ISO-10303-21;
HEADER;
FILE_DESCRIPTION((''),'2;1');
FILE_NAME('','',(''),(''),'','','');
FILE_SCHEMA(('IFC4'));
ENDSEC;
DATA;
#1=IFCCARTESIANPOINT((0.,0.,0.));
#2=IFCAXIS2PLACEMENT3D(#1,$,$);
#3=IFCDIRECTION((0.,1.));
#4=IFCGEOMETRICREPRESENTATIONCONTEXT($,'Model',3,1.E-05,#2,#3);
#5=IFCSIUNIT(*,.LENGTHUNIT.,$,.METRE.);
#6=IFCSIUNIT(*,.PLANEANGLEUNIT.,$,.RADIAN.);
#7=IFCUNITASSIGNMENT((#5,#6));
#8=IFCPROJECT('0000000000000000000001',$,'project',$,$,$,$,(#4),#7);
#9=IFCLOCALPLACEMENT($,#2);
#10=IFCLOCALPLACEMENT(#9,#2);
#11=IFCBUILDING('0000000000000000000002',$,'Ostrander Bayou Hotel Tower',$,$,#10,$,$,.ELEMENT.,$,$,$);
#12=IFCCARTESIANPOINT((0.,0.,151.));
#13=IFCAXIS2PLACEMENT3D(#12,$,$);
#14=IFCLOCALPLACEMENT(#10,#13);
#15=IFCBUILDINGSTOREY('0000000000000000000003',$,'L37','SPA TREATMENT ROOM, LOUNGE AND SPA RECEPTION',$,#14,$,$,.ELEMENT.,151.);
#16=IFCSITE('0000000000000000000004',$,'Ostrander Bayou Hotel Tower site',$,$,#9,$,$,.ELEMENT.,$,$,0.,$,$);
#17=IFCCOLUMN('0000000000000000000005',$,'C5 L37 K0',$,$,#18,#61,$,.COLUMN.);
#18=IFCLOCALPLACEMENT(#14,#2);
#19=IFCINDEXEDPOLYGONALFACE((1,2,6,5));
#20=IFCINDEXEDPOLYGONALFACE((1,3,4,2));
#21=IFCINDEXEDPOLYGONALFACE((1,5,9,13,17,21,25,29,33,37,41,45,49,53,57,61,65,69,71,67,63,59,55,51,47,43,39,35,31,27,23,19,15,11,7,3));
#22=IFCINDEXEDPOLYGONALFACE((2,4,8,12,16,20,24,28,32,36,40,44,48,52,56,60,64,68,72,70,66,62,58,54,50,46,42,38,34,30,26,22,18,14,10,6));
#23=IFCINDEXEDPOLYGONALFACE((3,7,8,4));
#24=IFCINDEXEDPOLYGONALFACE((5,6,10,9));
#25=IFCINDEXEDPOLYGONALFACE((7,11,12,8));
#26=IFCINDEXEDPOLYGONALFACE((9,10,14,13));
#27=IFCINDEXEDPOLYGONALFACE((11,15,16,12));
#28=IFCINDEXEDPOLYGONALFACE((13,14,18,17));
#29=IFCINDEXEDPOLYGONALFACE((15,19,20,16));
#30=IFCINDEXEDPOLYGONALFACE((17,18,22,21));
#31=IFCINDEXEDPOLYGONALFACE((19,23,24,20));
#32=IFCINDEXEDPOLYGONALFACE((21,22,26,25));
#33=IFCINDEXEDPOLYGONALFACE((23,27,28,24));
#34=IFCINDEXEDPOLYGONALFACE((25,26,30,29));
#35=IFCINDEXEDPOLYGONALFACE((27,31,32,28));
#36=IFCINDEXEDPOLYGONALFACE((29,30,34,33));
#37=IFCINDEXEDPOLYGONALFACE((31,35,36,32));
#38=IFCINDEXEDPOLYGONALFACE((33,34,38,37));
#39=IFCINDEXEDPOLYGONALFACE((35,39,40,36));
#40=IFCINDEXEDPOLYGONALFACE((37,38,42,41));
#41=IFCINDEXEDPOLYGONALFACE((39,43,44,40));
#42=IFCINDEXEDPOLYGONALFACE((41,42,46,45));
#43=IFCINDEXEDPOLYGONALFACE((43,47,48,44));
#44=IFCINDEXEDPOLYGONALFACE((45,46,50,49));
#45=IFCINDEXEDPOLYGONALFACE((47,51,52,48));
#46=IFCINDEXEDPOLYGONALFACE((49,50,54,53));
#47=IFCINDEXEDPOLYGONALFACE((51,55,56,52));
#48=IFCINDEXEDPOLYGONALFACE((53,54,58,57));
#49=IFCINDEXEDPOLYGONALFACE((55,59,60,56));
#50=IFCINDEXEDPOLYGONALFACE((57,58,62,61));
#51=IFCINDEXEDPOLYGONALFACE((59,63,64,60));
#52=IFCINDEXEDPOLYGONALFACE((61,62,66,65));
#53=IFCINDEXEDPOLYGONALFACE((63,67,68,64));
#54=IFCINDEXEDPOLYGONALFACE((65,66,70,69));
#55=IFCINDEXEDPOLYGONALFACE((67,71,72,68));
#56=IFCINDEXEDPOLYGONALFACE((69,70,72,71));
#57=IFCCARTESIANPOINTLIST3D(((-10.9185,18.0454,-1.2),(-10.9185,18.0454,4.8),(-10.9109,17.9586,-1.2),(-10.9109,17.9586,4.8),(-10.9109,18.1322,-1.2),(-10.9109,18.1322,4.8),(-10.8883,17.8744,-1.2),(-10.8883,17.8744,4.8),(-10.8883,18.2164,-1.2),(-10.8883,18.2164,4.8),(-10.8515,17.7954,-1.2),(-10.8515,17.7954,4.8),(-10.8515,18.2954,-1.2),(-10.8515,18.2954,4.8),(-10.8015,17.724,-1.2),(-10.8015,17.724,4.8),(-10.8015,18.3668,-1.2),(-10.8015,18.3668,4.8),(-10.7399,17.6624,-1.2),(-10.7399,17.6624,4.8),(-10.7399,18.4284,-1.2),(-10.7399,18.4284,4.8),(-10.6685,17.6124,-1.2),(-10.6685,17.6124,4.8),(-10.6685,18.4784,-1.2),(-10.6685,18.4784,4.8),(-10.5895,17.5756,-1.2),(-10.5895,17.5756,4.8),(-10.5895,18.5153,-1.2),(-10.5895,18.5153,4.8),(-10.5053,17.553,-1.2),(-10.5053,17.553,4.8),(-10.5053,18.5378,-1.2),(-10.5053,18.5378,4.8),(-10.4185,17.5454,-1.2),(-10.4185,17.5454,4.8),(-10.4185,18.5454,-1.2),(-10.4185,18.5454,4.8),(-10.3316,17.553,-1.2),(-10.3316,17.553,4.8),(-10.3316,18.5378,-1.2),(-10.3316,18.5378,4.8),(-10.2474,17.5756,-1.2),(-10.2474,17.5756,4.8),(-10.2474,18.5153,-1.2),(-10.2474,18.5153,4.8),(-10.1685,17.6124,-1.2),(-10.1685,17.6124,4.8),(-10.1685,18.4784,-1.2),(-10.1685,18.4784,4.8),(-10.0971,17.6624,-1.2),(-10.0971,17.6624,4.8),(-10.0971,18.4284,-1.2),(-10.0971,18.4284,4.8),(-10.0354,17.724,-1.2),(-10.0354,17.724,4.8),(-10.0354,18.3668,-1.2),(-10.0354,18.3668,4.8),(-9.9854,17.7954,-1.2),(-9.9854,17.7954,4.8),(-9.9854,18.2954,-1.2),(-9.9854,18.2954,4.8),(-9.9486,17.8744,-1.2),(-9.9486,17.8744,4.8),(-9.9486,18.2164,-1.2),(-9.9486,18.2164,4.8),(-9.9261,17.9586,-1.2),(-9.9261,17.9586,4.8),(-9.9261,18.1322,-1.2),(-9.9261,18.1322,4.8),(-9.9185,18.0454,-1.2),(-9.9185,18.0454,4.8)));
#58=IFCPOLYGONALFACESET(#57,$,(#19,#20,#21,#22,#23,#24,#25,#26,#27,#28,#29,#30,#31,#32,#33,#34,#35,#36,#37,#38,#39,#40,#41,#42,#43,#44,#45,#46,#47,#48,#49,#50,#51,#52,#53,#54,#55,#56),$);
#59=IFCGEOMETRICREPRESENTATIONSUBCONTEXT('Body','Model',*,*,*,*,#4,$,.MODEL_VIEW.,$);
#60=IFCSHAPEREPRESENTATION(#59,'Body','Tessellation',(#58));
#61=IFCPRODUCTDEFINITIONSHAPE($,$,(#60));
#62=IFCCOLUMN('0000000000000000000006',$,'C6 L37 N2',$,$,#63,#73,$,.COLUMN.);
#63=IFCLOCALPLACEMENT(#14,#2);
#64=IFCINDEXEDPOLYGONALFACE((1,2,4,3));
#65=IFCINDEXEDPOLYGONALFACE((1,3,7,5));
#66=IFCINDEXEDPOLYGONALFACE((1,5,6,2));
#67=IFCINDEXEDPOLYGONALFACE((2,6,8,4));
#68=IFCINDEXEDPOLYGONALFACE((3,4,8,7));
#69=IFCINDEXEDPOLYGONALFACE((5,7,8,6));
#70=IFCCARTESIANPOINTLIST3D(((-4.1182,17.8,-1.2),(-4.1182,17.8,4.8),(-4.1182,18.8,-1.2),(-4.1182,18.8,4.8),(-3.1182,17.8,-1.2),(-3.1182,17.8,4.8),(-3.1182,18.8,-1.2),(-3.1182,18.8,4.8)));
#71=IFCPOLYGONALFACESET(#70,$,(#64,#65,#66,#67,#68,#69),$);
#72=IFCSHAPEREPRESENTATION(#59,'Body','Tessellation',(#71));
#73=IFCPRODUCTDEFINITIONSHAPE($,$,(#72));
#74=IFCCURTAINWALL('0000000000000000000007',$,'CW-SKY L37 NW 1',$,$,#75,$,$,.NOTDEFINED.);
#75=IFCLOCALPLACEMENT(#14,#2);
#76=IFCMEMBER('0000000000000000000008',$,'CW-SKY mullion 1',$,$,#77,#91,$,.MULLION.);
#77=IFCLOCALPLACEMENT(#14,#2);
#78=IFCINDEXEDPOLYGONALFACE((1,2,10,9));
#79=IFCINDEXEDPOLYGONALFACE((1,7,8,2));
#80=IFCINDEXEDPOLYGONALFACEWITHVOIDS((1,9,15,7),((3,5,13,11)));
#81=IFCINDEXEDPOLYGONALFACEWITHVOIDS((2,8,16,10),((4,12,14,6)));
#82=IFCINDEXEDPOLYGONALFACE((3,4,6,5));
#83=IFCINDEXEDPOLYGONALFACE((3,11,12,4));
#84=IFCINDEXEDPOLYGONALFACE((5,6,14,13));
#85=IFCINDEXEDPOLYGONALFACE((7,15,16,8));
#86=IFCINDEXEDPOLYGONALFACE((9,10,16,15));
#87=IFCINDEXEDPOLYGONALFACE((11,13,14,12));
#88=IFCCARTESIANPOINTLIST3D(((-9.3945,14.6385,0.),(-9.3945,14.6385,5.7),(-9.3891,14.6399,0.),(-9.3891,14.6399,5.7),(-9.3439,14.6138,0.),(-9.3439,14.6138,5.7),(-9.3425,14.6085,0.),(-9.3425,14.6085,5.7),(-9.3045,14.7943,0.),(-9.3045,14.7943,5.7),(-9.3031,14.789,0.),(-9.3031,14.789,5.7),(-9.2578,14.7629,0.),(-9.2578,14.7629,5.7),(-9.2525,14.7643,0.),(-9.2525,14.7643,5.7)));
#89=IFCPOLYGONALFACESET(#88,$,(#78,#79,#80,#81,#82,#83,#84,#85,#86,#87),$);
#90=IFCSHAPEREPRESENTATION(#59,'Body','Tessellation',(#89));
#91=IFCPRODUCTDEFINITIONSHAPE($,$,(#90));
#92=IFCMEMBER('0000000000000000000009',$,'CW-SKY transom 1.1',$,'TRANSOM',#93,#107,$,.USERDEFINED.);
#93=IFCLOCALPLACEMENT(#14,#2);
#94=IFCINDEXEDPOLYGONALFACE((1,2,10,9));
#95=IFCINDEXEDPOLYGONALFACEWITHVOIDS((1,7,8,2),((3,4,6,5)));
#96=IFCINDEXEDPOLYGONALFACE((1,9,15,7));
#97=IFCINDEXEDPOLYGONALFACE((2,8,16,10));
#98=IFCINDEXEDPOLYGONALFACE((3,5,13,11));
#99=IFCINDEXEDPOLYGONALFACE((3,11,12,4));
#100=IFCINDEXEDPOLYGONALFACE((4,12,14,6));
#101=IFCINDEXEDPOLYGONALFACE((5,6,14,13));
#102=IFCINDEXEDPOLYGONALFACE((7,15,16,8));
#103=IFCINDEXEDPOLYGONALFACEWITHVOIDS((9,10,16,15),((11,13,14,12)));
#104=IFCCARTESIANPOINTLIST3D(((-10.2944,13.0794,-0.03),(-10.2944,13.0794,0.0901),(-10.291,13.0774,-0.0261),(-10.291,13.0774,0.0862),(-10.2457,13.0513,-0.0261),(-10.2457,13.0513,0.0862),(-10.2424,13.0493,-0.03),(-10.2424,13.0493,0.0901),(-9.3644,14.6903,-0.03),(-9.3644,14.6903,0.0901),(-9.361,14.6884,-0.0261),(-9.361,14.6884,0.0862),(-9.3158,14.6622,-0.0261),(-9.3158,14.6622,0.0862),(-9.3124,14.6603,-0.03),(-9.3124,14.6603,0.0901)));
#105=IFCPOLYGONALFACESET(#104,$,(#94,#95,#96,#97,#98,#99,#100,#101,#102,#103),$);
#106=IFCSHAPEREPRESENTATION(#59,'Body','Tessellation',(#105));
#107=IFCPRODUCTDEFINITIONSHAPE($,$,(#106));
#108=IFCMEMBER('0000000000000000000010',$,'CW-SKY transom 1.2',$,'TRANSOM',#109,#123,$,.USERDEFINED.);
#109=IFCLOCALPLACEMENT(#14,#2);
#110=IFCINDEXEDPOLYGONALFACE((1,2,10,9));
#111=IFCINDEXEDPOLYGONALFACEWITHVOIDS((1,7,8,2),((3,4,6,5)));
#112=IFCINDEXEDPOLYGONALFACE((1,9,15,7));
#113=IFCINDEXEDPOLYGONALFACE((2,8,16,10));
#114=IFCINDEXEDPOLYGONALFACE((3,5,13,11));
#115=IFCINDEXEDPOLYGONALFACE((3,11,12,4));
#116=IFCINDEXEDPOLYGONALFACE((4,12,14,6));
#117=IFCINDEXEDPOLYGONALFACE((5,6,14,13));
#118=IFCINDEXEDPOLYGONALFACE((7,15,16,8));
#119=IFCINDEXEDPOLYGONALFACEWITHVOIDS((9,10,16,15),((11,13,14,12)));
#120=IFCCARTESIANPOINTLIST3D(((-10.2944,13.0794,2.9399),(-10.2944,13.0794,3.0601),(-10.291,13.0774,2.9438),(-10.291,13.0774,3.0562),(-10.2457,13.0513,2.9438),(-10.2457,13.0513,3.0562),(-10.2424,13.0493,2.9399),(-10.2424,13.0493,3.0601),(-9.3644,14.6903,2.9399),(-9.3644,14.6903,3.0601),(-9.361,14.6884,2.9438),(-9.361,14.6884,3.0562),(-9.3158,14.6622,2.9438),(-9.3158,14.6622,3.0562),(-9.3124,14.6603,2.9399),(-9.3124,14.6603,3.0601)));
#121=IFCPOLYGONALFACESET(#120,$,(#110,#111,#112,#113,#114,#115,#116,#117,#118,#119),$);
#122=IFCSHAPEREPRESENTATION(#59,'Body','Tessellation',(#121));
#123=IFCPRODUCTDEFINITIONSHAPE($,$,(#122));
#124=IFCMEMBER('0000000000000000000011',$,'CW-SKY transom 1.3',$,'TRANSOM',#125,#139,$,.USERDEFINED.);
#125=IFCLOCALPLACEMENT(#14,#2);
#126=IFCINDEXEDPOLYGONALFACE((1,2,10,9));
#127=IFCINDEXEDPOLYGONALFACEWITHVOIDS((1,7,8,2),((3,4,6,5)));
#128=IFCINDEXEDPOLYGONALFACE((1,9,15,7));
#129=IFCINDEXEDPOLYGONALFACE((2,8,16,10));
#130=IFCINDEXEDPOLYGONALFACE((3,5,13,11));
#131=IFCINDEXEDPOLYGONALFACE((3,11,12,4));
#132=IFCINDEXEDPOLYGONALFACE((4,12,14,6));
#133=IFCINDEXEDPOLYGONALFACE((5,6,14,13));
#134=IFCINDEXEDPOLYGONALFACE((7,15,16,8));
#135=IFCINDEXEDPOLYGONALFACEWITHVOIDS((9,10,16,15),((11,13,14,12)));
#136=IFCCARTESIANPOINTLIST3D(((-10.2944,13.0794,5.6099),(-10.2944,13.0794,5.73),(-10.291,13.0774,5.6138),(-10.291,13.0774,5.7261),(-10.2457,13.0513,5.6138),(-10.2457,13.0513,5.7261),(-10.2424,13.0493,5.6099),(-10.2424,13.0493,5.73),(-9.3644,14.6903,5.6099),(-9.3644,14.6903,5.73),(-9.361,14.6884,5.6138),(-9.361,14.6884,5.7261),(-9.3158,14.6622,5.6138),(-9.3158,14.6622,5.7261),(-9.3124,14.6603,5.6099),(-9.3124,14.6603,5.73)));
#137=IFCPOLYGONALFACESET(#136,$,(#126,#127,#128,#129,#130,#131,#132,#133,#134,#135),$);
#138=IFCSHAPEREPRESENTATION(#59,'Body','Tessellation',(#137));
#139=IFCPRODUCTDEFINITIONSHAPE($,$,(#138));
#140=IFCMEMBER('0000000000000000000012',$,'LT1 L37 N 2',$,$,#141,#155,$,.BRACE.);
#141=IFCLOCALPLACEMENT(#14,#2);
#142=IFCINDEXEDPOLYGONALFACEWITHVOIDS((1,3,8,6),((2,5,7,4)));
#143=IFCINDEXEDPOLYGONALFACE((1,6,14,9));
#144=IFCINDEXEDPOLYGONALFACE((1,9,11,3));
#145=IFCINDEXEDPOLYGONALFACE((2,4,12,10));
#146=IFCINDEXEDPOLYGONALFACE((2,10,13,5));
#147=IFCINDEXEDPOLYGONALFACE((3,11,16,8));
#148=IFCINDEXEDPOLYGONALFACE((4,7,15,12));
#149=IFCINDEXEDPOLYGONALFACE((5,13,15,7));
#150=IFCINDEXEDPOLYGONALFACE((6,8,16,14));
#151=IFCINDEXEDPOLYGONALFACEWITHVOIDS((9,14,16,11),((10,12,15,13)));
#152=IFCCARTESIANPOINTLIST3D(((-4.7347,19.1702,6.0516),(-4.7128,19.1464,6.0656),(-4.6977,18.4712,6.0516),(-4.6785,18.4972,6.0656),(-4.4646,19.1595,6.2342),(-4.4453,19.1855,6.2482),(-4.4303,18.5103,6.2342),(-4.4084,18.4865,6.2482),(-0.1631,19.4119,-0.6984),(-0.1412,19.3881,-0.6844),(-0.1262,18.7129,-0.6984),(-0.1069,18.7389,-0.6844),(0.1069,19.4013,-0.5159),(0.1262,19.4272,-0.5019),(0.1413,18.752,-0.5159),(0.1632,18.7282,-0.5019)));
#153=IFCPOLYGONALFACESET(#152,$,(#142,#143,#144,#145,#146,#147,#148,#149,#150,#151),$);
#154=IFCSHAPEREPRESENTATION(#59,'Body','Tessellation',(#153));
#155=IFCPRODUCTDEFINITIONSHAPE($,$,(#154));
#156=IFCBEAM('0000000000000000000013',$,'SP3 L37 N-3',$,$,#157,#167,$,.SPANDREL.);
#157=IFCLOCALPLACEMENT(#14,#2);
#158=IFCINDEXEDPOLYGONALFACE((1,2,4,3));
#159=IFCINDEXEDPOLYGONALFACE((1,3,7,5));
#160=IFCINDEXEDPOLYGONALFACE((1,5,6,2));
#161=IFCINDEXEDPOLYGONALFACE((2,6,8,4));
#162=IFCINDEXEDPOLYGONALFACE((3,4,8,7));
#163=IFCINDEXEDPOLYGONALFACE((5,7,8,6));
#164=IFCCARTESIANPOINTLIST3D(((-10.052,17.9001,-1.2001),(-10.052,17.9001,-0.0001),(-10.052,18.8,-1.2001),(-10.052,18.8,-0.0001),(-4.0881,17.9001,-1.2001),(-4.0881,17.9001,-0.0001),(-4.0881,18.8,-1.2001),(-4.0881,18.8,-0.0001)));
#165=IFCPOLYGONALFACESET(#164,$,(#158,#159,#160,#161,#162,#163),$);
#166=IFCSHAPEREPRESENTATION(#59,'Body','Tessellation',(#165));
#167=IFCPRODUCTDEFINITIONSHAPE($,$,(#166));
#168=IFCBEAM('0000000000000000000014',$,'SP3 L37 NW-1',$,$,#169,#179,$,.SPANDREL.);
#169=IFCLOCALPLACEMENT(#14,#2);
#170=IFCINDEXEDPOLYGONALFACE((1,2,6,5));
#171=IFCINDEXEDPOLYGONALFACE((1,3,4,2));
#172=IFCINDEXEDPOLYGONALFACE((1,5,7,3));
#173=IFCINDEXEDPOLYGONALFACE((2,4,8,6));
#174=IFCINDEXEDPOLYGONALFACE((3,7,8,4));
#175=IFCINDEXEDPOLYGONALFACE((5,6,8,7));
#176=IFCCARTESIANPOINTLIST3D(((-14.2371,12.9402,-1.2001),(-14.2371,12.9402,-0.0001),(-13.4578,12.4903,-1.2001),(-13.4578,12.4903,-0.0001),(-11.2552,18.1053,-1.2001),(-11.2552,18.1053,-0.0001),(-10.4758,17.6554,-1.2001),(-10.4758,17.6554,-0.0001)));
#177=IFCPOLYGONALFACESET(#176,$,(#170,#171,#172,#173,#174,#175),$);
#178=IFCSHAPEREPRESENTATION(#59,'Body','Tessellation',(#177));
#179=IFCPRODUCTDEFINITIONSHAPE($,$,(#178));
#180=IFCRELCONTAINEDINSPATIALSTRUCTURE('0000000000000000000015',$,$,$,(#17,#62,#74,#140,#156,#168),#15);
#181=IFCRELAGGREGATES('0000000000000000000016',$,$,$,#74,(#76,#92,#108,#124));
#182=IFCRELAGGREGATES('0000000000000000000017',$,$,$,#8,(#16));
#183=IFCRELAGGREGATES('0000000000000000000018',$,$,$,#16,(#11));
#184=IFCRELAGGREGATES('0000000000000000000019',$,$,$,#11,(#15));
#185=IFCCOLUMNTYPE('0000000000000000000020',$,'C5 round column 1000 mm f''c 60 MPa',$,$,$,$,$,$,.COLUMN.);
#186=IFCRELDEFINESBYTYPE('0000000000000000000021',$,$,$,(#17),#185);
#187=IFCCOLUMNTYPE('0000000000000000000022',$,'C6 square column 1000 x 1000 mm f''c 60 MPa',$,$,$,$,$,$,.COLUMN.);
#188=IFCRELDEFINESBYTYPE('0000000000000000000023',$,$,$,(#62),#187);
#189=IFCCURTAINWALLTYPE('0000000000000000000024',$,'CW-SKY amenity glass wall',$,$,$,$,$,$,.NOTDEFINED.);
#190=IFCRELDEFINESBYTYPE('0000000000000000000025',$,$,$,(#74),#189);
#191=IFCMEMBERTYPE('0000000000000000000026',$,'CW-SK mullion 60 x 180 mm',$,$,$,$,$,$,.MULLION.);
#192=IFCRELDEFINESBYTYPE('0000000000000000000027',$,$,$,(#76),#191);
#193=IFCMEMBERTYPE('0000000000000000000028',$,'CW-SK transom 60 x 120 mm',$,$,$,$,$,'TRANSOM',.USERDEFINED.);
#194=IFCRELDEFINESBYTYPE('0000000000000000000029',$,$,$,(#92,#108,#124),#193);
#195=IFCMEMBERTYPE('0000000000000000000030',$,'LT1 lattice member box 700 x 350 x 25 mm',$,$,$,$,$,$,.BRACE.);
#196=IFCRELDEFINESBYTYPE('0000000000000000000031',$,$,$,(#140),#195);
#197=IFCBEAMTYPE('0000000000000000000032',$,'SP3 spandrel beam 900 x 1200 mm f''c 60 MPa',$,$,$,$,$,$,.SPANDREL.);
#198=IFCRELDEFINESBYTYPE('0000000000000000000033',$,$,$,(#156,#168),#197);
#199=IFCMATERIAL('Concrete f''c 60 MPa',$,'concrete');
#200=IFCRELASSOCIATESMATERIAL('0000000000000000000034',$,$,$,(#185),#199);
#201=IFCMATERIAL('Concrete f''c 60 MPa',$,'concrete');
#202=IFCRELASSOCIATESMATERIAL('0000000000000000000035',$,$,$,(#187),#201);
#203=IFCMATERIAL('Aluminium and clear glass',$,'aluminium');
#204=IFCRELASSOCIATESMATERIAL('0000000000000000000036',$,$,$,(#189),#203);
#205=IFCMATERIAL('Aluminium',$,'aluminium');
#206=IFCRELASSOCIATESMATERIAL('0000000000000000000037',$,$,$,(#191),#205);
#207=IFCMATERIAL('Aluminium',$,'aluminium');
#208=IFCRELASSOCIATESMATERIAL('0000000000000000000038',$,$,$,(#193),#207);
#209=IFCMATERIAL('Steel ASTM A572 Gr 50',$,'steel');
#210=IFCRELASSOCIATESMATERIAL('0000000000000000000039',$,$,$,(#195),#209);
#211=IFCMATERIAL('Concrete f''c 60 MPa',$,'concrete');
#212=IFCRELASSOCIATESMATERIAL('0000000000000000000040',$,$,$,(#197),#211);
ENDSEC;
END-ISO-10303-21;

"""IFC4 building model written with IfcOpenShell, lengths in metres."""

from ifc_helpers import new_model, si_unit, direction, frame, origin, origin_2d, place, context, subcontext, project, spatial, rectangle, hollow_rectangle, circle, extrude, material, material_profile, profile_set, type_object, element, aggregate, save


model = new_model("IFC4")

# Units and contexts
model_context = context("Model", 3, precision=1e-05, world=origin(), true_north=direction((0.0, 1.0)))
body_context = subcontext(model_context, "Body", "Model", "MODEL_VIEW")
ifc_project = project(units=[si_unit("LENGTHUNIT", "METRE"), si_unit("PLANEANGLEUNIT", "RADIAN")], contexts=[model_context])

# Site, building, storey
site_placement = place(None, origin())
site = spatial("IfcSite", under=ifc_project, at=site_placement, Name="Ostrander Bayou Hotel Tower site", CompositionType="ELEMENT", RefElevation=0.0)
building_placement = place(site_placement, origin())
building = spatial("IfcBuilding", under=site, at=building_placement, Name="Ostrander Bayou Hotel Tower", CompositionType="ELEMENT")
storey_placement = place(building_placement, frame((0.0, 0.0, 151.0)))
storey = spatial("IfcBuildingStorey", under=building, at=storey_placement, Name="L37", Description="SPA TREATMENT ROOM, LOUNGE AND SPA RECEPTION", CompositionType="ELEMENT", Elevation=151.0)

# Columns
ifc_material_1 = material(Name="Concrete f'c 60 MPa", Category="concrete")
ifc_material_profile_1 = material_profile(ifc_material_1, circle(Radius=0.5, at=origin_2d()))
ifc_profile_set_1 = profile_set([ifc_material_profile_1], Name="Concrete f'c 60 MPa")
column_type_1 = type_object("IfcColumnType", Name="C5 round column 1000 mm f'c 60 MPa", PredefinedType="COLUMN", material=ifc_profile_set_1)
column_1_placement = place(storey_placement, frame((-10.4185, 18.0454, -1.2), z_axis=(0.0, 0.0, 1.0), x_axis=(1.0, 0.0, 0.0)))
element("IfcColumn", 1, at=column_1_placement, inside=storey, type_object=column_type_1, Name="C5 L37 K0", PredefinedType="COLUMN", context=body_context, shape_type="SweptSolid", body=[
    extrude(circle(Radius=0.5, at=origin_2d()), origin(), (0.0, 0.0, 1.0), 6.0),
])
ifc_material_2 = material(Name="Concrete f'c 60 MPa", Category="concrete")
ifc_material_profile_2 = material_profile(ifc_material_2, rectangle(XDim=1.0, YDim=1.0, at=origin_2d()))
ifc_profile_set_2 = profile_set([ifc_material_profile_2], Name="Concrete f'c 60 MPa")
column_type_2 = type_object("IfcColumnType", Name="C6 square column 1000 x 1000 mm f'c 60 MPa", PredefinedType="COLUMN", material=ifc_profile_set_2)
column_2_placement = place(storey_placement, frame((-3.6182, 18.3, -1.2), z_axis=(0.0, 0.0, 1.0), x_axis=(1.0, 0.0, 0.0)))
element("IfcColumn", 2, at=column_2_placement, inside=storey, type_object=column_type_2, Name="C6 L37 N2", PredefinedType="COLUMN", context=body_context, shape_type="SweptSolid", body=[
    extrude(rectangle(XDim=1.0, YDim=1.0, at=origin_2d()), origin(), (0.0, 0.0, 1.0), 6.0),
])

# Curtain wall, members
ifc_material_3 = material(Name="Aluminium and clear glass", Category="aluminium")
curtain_wall_type = type_object("IfcCurtainWallType", Name="CW-SKY amenity glass wall", PredefinedType="NOTDEFINED", material=ifc_material_3)
curtain_wall_placement = place(storey_placement, origin())
curtain_wall = element("IfcCurtainWall", 3, at=curtain_wall_placement, inside=storey, type_object=curtain_wall_type, Name="CW-SKY L37 NW 1", PredefinedType="NOTDEFINED")
ifc_material_4 = material(Name="Aluminium", Category="aluminium")
ifc_material_profile_3 = material_profile(ifc_material_4, hollow_rectangle(XDim=0.0601, YDim=0.1799, WallThickness=0.0039, at=origin_2d()))
ifc_profile_set_3 = profile_set([ifc_material_profile_3], Name="Aluminium")
member_type_1 = type_object("IfcMemberType", Name="CW-SK mullion 60 x 180 mm", PredefinedType="MULLION", material=ifc_profile_set_3)
member_1_placement = place(storey_placement, frame((-9.3235, 14.7014, 0.0), z_axis=(0.0, 0.0, 1.0), x_axis=(0.866025, -0.5, 0.0)))
member_1 = element("IfcMember", 4, at=member_1_placement, type_object=member_type_1, Name="CW-SKY mullion 1", PredefinedType="MULLION", context=body_context, shape_type="SweptSolid", body=[
    extrude(hollow_rectangle(XDim=0.0601, YDim=0.1799, WallThickness=0.0039, at=origin_2d()), origin(), (0.0, 0.0, 1.0), 5.7),
])
ifc_material_5 = material(Name="Aluminium", Category="aluminium")
ifc_material_profile_4 = material_profile(ifc_material_5, hollow_rectangle(XDim=0.0601, YDim=0.1201, WallThickness=0.0039, at=origin_2d()))
ifc_profile_set_4 = profile_set([ifc_material_profile_4], Name="Aluminium")
member_type_2 = type_object("IfcMemberType", Name="CW-SK transom 60 x 120 mm", ElementType="TRANSOM", PredefinedType="USERDEFINED", material=ifc_profile_set_4)
member_2_placement = place(storey_placement, frame((-9.3384, 14.6753, 0.03), z_axis=(-0.499965, -0.866046, 0.0), x_axis=(0.866046, -0.499965, 0.0)))
member_2 = element("IfcMember", 5, at=member_2_placement, type_object=member_type_2, Name="CW-SKY transom 1.1", ObjectType="TRANSOM", PredefinedType="USERDEFINED", context=body_context, shape_type="SweptSolid", body=[
    extrude(hollow_rectangle(XDim=0.0601, YDim=0.1201, WallThickness=0.0039, at=origin_2d()), origin(), (0.0, 0.0, 1.0), 1.8601),
])
member_3_placement = place(storey_placement, frame((-9.3384, 14.6753, 3.0), z_axis=(-0.499965, -0.866046, 0.0), x_axis=(0.866046, -0.499965, 0.0)))
member_3 = element("IfcMember", 6, at=member_3_placement, type_object=member_type_2, Name="CW-SKY transom 1.2", ObjectType="TRANSOM", PredefinedType="USERDEFINED", context=body_context, shape_type="SweptSolid", body=[
    extrude(hollow_rectangle(XDim=0.0601, YDim=0.1201, WallThickness=0.0039, at=origin_2d()), origin(), (0.0, 0.0, 1.0), 1.8601),
])
member_4_placement = place(storey_placement, frame((-9.3384, 14.6753, 5.6699), z_axis=(-0.499965, -0.866046, 0.0), x_axis=(0.866046, -0.499965, 0.0)))
member_4 = element("IfcMember", 7, at=member_4_placement, type_object=member_type_2, Name="CW-SKY transom 1.3", ObjectType="TRANSOM", PredefinedType="USERDEFINED", context=body_context, shape_type="SweptSolid", body=[
    extrude(hollow_rectangle(XDim=0.0601, YDim=0.1201, WallThickness=0.0039, at=origin_2d()), origin(), (0.0, 0.0, 1.0), 1.8601),
])

# Member
ifc_material_6 = material(Name="Steel ASTM A572 Gr 50", Category="steel")
ifc_material_profile_5 = material_profile(ifc_material_6, hollow_rectangle(XDim=0.7, YDim=0.3501, WallThickness=0.0249, at=origin_2d()))
ifc_profile_set_5 = profile_set([ifc_material_profile_5], Name="Steel ASTM A572 Gr 50")
member_type_3 = type_object("IfcMemberType", Name="LT1 lattice member box 700 x 350 x 25 mm", PredefinedType="BRACE", material=ifc_profile_set_5)
member_5_placement = place(storey_placement, frame((-4.5715, 18.8284, 6.1499), z_axis=(0.560514, 0.029635, -0.827615), x_axis=(-0.052797, 0.998605, 0.0)))
element("IfcMember", 8, at=member_5_placement, inside=storey, type_object=member_type_3, Name="LT1 L37 N 2", PredefinedType="BRACE", context=body_context, shape_type="SweptSolid", body=[
    extrude(hollow_rectangle(XDim=0.7, YDim=0.3501, WallThickness=0.0249, at=origin_2d()), origin(), (0.0, 0.0, 1.0), 8.156),
])

# Beams
ifc_material_7 = material(Name="Concrete f'c 60 MPa", Category="concrete")
ifc_material_profile_6 = material_profile(ifc_material_7, rectangle(XDim=0.8999, YDim=1.2, at=origin_2d()))
ifc_profile_set_6 = profile_set([ifc_material_profile_6], Name="Concrete f'c 60 MPa")
beam_type = type_object("IfcBeamType", Name="SP3 spandrel beam 900 x 1200 mm f'c 60 MPa", PredefinedType="SPANDREL", material=ifc_profile_set_6)
beam_1_placement = place(storey_placement, frame((-4.0881, 18.3501, -0.6001), z_axis=(-1.0, 0.0, 0.0), x_axis=(0.0, -1.0, 0.0)))
element("IfcBeam", 9, at=beam_1_placement, inside=storey, type_object=beam_type, Name="SP3 L37 N-3", PredefinedType="SPANDREL", context=body_context, shape_type="SweptSolid", body=[
    extrude(rectangle(XDim=0.8999, YDim=1.2, at=origin_2d()), origin(), (0.0, 0.0, 1.0), 5.9639),
])
beam_2_placement = place(storey_placement, frame((-10.8655, 17.8804, -0.6001), z_axis=(-0.499987, -0.866033, 0.0), x_axis=(0.866033, -0.499987, 0.0)))
element("IfcBeam", 10, at=beam_2_placement, inside=storey, type_object=beam_type, Name="SP3 L37 NW-1", PredefinedType="SPANDREL", context=body_context, shape_type="SweptSolid", body=[
    extrude(rectangle(XDim=0.8999, YDim=1.2, at=origin_2d()), origin(), (0.0, 0.0, 1.0), 5.9641),
])

aggregate(curtain_wall, [member_1, member_2, member_3, member_4])

save(model, "model.ifc")
